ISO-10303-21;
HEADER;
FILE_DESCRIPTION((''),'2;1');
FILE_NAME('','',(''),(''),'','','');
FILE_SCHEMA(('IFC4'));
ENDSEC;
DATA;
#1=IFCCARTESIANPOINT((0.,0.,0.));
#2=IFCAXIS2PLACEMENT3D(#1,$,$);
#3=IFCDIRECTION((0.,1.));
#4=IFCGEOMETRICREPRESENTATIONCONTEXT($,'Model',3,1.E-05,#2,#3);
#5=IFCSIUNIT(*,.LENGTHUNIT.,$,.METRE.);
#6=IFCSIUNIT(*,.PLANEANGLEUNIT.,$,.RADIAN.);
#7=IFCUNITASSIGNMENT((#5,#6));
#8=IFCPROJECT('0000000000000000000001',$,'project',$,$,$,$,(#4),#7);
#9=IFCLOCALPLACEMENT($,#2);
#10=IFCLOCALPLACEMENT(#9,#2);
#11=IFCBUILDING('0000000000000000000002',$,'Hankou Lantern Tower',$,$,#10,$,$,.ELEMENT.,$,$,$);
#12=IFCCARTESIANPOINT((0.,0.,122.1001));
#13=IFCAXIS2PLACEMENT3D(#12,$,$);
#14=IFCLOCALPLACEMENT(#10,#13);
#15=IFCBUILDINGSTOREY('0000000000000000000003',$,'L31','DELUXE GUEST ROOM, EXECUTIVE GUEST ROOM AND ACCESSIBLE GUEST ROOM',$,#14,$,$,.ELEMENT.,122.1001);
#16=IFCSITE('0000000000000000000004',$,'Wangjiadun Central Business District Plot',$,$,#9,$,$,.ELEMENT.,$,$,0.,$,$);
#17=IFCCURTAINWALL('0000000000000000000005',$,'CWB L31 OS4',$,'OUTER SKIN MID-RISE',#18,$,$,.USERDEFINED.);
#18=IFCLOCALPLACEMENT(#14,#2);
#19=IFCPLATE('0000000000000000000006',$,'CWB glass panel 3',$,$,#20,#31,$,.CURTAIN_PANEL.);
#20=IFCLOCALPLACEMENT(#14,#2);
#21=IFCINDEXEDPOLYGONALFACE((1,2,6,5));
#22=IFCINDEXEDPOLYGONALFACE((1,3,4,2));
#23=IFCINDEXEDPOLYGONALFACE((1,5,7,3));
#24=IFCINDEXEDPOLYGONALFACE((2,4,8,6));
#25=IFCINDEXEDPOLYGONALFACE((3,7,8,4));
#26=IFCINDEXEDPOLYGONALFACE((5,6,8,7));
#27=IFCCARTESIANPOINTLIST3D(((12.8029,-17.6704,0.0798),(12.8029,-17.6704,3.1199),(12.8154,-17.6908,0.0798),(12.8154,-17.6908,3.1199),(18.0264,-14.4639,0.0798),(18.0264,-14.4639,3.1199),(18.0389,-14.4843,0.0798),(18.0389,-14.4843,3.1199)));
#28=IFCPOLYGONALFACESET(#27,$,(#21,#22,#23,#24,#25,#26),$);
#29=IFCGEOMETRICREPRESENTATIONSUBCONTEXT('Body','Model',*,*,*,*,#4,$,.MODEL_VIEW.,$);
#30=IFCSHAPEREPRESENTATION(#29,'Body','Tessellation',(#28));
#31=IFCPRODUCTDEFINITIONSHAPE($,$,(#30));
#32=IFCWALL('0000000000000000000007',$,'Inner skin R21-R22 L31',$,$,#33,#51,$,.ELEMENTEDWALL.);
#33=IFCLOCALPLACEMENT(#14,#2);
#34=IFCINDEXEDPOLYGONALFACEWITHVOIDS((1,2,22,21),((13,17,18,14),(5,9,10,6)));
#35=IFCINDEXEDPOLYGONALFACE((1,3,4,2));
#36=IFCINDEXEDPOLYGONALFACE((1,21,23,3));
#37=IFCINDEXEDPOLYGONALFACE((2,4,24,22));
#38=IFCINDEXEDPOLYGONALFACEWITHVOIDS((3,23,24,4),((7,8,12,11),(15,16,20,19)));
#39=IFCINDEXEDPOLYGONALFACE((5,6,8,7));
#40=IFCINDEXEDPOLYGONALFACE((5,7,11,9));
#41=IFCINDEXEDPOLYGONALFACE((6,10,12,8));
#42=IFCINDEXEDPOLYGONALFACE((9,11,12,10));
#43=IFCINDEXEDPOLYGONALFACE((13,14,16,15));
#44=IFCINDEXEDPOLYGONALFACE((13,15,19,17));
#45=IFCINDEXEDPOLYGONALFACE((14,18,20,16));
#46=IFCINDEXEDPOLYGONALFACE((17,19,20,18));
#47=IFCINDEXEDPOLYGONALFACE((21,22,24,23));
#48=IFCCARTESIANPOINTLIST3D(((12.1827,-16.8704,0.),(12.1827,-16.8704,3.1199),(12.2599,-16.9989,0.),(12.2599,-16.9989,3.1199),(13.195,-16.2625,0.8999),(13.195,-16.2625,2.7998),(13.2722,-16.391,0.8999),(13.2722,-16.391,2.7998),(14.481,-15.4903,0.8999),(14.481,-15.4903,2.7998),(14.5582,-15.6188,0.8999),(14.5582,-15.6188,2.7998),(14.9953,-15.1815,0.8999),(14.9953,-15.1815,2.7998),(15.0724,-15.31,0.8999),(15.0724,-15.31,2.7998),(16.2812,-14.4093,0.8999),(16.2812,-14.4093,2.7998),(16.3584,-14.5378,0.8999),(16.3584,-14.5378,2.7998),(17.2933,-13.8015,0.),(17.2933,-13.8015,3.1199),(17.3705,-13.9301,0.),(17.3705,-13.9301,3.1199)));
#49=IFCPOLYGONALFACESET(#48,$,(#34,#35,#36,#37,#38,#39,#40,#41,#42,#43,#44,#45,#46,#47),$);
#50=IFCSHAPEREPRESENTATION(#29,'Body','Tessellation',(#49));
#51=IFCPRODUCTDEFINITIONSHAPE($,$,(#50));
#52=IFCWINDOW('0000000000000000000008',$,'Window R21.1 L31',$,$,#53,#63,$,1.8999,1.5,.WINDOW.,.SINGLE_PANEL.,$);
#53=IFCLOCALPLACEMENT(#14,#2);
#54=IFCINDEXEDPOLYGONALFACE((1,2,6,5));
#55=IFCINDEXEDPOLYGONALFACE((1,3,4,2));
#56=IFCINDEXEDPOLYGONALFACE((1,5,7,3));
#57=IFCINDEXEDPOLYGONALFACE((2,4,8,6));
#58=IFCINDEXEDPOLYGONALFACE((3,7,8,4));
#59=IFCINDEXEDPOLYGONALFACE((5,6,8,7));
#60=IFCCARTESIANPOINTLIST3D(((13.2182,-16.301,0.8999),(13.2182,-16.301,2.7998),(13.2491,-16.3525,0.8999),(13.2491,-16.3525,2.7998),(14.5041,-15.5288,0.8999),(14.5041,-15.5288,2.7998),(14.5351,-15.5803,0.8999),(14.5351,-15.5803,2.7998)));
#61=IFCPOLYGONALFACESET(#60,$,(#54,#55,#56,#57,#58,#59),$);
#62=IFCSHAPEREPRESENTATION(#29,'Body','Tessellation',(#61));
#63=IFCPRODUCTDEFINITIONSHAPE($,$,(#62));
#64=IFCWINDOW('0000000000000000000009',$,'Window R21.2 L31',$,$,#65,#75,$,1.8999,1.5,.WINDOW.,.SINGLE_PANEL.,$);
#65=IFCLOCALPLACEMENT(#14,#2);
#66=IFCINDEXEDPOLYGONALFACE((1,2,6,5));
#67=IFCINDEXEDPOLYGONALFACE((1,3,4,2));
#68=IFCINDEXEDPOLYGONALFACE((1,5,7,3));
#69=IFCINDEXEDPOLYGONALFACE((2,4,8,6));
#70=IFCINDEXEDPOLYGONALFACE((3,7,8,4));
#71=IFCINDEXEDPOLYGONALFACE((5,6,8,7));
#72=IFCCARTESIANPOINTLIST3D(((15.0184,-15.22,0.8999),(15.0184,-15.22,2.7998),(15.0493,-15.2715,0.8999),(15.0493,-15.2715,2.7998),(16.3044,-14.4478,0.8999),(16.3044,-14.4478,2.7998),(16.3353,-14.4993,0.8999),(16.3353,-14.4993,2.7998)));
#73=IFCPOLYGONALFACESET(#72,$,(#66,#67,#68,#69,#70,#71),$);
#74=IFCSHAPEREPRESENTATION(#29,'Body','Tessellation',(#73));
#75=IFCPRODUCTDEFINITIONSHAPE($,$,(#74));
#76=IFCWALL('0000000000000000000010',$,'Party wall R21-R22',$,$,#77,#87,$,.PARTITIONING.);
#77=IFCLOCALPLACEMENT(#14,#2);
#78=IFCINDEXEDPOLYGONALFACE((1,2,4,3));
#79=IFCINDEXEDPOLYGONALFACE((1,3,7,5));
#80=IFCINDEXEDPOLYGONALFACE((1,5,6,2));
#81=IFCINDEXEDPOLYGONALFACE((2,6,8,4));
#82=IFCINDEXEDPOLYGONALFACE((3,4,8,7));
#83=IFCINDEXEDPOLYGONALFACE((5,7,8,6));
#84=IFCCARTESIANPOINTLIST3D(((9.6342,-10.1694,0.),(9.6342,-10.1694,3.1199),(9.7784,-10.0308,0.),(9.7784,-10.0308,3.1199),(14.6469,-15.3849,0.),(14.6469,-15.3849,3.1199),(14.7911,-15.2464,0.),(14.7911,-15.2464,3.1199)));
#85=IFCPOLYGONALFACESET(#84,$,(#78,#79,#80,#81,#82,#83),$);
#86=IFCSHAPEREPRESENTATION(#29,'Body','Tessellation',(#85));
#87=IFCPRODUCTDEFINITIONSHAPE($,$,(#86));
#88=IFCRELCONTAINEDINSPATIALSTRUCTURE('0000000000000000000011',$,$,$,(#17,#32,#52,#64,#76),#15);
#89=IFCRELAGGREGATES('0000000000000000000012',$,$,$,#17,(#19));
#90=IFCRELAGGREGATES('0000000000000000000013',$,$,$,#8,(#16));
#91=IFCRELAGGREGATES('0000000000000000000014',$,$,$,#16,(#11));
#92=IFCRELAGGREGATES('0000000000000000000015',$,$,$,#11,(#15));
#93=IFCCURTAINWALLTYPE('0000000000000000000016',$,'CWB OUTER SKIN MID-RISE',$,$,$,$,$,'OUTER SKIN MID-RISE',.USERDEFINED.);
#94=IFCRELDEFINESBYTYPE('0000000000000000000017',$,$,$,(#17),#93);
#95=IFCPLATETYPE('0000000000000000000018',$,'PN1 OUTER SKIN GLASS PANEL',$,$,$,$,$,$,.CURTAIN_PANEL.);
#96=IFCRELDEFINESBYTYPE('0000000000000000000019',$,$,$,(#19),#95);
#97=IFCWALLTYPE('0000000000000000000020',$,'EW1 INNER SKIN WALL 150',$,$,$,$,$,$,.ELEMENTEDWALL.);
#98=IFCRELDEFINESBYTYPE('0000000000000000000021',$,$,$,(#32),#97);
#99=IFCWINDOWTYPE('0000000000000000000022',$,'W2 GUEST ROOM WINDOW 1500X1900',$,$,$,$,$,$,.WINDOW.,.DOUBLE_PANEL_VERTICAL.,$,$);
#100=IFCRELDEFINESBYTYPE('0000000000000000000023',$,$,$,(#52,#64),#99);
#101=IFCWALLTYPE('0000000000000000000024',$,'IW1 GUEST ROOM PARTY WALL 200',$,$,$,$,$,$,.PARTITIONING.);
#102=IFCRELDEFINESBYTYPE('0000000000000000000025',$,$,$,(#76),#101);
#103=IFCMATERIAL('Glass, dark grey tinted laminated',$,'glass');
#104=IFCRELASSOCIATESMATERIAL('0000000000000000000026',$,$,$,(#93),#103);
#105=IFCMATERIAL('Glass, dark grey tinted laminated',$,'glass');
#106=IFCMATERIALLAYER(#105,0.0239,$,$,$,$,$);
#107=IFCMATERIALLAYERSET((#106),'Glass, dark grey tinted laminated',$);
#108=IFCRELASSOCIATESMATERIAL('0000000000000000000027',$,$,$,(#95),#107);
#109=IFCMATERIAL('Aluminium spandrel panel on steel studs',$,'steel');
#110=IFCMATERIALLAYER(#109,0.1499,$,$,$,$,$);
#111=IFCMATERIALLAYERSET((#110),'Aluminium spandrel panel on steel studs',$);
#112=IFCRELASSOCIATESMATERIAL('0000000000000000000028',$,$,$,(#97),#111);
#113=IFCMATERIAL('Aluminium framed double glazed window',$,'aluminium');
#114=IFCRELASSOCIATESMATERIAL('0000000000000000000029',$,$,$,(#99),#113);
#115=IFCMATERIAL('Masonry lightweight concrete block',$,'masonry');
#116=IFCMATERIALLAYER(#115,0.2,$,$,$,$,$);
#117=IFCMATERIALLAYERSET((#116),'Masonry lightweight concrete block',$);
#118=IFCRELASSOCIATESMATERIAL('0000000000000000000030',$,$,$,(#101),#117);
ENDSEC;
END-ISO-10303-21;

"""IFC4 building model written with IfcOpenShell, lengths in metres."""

from ifc_helpers import new_model, si_unit, direction, frame, frame_2d, origin, origin_2d, place, context, subcontext, project, spatial, rectangle, extrude, material, layer, layer_set, type_object, element, fill, aggregate, save


model = new_model("IFC4")

# Units and contexts
model_context = context("Model", 3, precision=1e-05, world=origin(), true_north=direction((0.0, 1.0)))
body_context = subcontext(model_context, "Body", "Model", "MODEL_VIEW")
ifc_project = project(units=[si_unit("LENGTHUNIT", "METRE"), si_unit("PLANEANGLEUNIT", "RADIAN")], contexts=[model_context])

# Site, building, storey
site_placement = place(None, origin())
site = spatial("IfcSite", under=ifc_project, at=site_placement, Name="Wangjiadun Central Business District Plot", CompositionType="ELEMENT", RefElevation=0.0)
building_placement = place(site_placement, origin())
building = spatial("IfcBuilding", under=site, at=building_placement, Name="Hankou Lantern Tower", CompositionType="ELEMENT")
storey_placement = place(building_placement, frame((0.0, 0.0, 122.1001)))
storey = spatial("IfcBuildingStorey", under=building, at=storey_placement, Name="L31", Description="DELUXE GUEST ROOM, EXECUTIVE GUEST ROOM AND ACCESSIBLE GUEST ROOM", CompositionType="ELEMENT", Elevation=122.1001)

# Curtain wall
ifc_material_1 = material(Name="Glass, dark grey tinted laminated", Category="glass")
curtain_wall_type = type_object("IfcCurtainWallType", Name="CWB OUTER SKIN MID-RISE", ElementType="OUTER SKIN MID-RISE", PredefinedType="USERDEFINED", material=ifc_material_1)
curtain_wall_placement = place(storey_placement, origin())
curtain_wall = element("IfcCurtainWall", 1, at=curtain_wall_placement, inside=storey, type_object=curtain_wall_type, Name="CWB L31 OS4", ObjectType="OUTER SKIN MID-RISE", PredefinedType="USERDEFINED")

# Plate
ifc_material_2 = material(Name="Glass, dark grey tinted laminated", Category="glass")
ifc_layer_1 = layer(ifc_material_2, 0.0239)
ifc_layer_set_1 = layer_set([ifc_layer_1], Name="Glass, dark grey tinted laminated")
plate_type = type_object("IfcPlateType", Name="PN1 OUTER SKIN GLASS PANEL", PredefinedType="CURTAIN_PANEL", material=ifc_layer_set_1)
plate_placement = place(storey_placement, frame((15.4209, -16.0774, 0.0798), z_axis=(0.0, 0.0, 1.0), x_axis=(0.852237, 0.523156, 0.0)))
plate = element("IfcPlate", 2, at=plate_placement, type_object=plate_type, Name="CWB glass panel 3", PredefinedType="CURTAIN_PANEL", context=body_context, shape_type="SweptSolid", body=[
    extrude(rectangle(XDim=6.1292, YDim=0.0239, at=origin_2d()), origin(), (0.0, 0.0, 1.0), 3.04),
])
aggregate(curtain_wall, [plate])

# Wall, openings, windows
ifc_material_3 = material(Name="Aluminium spandrel panel on steel studs", Category="steel")
ifc_layer_2 = layer(ifc_material_3, 0.1499)
ifc_layer_set_2 = layer_set([ifc_layer_2], Name="Aluminium spandrel panel on steel studs")
wall_type_1 = type_object("IfcWallType", Name="EW1 INNER SKIN WALL 150", PredefinedType="ELEMENTEDWALL", material=ifc_layer_set_2)
wall_1_placement = place(storey_placement, frame((12.2214, -16.9346, 0.0), z_axis=(0.0, 0.0, 1.0), x_axis=(0.857309, 0.514803, 0.0)))
wall_1 = element("IfcWall", 3, at=wall_1_placement, inside=storey, type_object=wall_type_1, Name="Inner skin R21-R22 L31", PredefinedType="ELEMENTEDWALL", context=body_context, shape_type="SweptSolid", body=[
    extrude(rectangle(XDim=5.9612, YDim=0.1499, at=frame_2d((2.9805, 0.0))), origin(), (0.0, 0.0, 1.0), 3.1199),
])
opening_1_placement = place(wall_1_placement, frame((1.1807, 0.0, 0.8999)))
opening_1 = element("IfcOpeningElement", 4, at=opening_1_placement, cuts=wall_1, PredefinedType="OPENING", context=body_context, shape_type="SweptSolid", body=[
    extrude(rectangle(XDim=1.5, YDim=1.8999, at=frame_2d((0.75, 0.95))), frame((0.0, 0.085, 0.0), z_axis=(0.0, -1.0, 0.0), x_axis=(1.0, 0.0, 0.0)), (0.0, 0.0, 1.0), 0.1699),
])
opening_2_placement = place(wall_1_placement, frame((3.2805, 0.0, 0.8999)))
opening_2 = element("IfcOpeningElement", 5, at=opening_2_placement, cuts=wall_1, PredefinedType="OPENING", context=body_context, shape_type="SweptSolid", body=[
    extrude(rectangle(XDim=1.5, YDim=1.8999, at=frame_2d((0.75, 0.95))), frame((0.0, 0.085, 0.0), z_axis=(0.0, -1.0, 0.0), x_axis=(1.0, 0.0, 0.0)), (0.0, 0.0, 1.0), 0.1699),
])
ifc_material_4 = material(Name="Aluminium framed double glazed window", Category="aluminium")
window_type = type_object("IfcWindowType", Name="W2 GUEST ROOM WINDOW 1500X1900", PartitioningType="DOUBLE_PANEL_VERTICAL", PredefinedType="WINDOW", material=ifc_material_4)
window_1_placement = place(opening_1_placement, origin())
window_1 = element("IfcWindow", 6, at=window_1_placement, inside=storey, type_object=window_type, Name="Window R21.1 L31", OverallHeight=1.8999, OverallWidth=1.5, PartitioningType="SINGLE_PANEL", PredefinedType="WINDOW", context=body_context, shape_type="SweptSolid", body=[
    extrude(rectangle(XDim=1.5, YDim=1.8999, at=frame_2d((0.75, 0.95))), frame((0.0, 0.03, 0.0), z_axis=(0.0, -1.0, 0.0), x_axis=(1.0, 0.0, 0.0)), (0.0, 0.0, 1.0), 0.0601),
])
fill(opening_1, window_1)
window_2_placement = place(opening_2_placement, origin())
window_2 = element("IfcWindow", 7, at=window_2_placement, inside=storey, type_object=window_type, Name="Window R21.2 L31", OverallHeight=1.8999, OverallWidth=1.5, PartitioningType="SINGLE_PANEL", PredefinedType="WINDOW", context=body_context, shape_type="SweptSolid", body=[
    extrude(rectangle(XDim=1.5, YDim=1.8999, at=frame_2d((0.75, 0.95))), frame((0.0, 0.03, 0.0), z_axis=(0.0, -1.0, 0.0), x_axis=(1.0, 0.0, 0.0)), (0.0, 0.0, 1.0), 0.0601),
])
fill(opening_2, window_2)

# Wall
ifc_material_5 = material(Name="Masonry lightweight concrete block", Category="masonry")
ifc_layer_3 = layer(ifc_material_5, 0.2)
ifc_layer_set_3 = layer_set([ifc_layer_3], Name="Masonry lightweight concrete block")
wall_type_2 = type_object("IfcWallType", Name="IW1 GUEST ROOM PARTY WALL 200", PredefinedType="PARTITIONING", material=ifc_layer_set_3)
wall_2_placement = place(storey_placement, frame((9.7063, -10.1001, 0.0), z_axis=(0.0, 0.0, 1.0), x_axis=(0.692945, -0.720991, 0.0)))
element("IfcWall", 8, at=wall_2_placement, inside=storey, type_object=wall_type_2, Name="Party wall R21-R22", PredefinedType="PARTITIONING", context=body_context, shape_type="SweptSolid", body=[
    extrude(rectangle(XDim=7.2339, YDim=0.2, at=frame_2d((3.6169, 0.0))), origin(), (0.0, 0.0, 1.0), 3.1199),
])

save(model, "model.ifc")
